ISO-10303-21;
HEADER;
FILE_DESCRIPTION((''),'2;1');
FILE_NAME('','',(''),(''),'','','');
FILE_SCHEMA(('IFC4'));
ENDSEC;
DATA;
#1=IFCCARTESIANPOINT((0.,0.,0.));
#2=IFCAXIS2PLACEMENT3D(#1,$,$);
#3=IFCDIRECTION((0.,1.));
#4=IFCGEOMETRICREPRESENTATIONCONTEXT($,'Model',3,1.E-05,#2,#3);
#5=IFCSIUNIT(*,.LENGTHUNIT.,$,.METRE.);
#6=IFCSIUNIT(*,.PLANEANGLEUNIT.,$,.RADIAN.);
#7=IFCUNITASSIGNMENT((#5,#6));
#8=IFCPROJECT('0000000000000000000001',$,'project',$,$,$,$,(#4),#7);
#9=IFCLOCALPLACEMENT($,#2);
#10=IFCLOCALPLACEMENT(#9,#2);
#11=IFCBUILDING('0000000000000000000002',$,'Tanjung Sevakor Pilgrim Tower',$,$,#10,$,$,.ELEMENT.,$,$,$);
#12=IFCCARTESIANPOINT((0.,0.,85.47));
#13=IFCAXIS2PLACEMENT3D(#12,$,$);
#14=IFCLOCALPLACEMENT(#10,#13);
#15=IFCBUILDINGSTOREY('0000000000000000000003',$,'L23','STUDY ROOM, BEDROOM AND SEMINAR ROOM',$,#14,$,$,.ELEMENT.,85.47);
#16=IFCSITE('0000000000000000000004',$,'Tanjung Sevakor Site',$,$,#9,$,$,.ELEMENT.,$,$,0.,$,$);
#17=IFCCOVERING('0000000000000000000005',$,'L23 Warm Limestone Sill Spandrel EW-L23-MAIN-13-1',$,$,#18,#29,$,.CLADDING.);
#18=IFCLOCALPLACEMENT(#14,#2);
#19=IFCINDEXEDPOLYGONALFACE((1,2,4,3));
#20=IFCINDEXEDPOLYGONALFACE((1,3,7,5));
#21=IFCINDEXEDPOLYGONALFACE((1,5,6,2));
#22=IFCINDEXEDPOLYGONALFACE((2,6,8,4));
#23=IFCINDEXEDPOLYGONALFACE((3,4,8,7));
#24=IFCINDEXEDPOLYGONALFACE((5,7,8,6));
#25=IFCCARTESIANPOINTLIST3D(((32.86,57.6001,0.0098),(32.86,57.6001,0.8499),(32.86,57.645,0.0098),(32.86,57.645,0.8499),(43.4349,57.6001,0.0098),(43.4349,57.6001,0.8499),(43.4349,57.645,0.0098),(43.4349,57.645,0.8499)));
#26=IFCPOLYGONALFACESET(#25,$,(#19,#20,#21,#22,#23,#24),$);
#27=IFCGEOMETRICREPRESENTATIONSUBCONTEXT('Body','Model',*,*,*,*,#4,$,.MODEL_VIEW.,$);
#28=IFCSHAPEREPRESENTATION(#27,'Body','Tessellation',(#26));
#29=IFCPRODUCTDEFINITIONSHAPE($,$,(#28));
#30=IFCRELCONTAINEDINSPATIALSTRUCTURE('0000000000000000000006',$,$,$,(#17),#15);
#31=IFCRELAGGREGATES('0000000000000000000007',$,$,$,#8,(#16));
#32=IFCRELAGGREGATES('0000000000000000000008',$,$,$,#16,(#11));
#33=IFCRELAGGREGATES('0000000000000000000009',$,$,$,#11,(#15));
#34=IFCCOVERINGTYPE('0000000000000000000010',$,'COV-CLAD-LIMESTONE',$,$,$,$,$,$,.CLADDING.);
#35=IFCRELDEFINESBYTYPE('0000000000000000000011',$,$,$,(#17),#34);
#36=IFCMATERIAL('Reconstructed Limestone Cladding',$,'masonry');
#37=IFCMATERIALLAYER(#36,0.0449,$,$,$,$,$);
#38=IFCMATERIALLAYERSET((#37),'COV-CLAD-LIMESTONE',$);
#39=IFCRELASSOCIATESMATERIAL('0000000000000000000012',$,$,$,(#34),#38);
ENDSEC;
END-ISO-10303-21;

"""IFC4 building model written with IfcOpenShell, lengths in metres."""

from ifc_helpers import new_model, si_unit, direction, frame, origin, origin_2d, place, context, subcontext, project, spatial, rectangle, extrude, material, layer, layer_set, type_object, element, save


model = new_model("IFC4")

# Units and contexts
model_context = context("Model", 3, precision=1e-05, world=origin(), true_north=direction((0.0, 1.0)))
body_context = subcontext(model_context, "Body", "Model", "MODEL_VIEW")
ifc_project = project(units=[si_unit("LENGTHUNIT", "METRE"), si_unit("PLANEANGLEUNIT", "RADIAN")], contexts=[model_context])

# Site, building, storey
site_placement = place(None, origin())
site = spatial("IfcSite", under=ifc_project, at=site_placement, Name="Tanjung Sevakor Site", CompositionType="ELEMENT", RefElevation=0.0)
building_placement = place(site_placement, origin())
building = spatial("IfcBuilding", under=site, at=building_placement, Name="Tanjung Sevakor Pilgrim Tower", CompositionType="ELEMENT")
storey_placement = place(building_placement, frame((0.0, 0.0, 85.47)))
storey = spatial("IfcBuildingStorey", under=building, at=storey_placement, Name="L23", Description="STUDY ROOM, BEDROOM AND SEMINAR ROOM", CompositionType="ELEMENT", Elevation=85.47)

# Covering
ifc_material_1 = material(Name="Reconstructed Limestone Cladding", Category="masonry")
ifc_layer_1 = layer(ifc_material_1, 0.0449)
ifc_layer_set_1 = layer_set([ifc_layer_1], Name="COV-CLAD-LIMESTONE")
covering_type = type_object("IfcCoveringType", Name="COV-CLAD-LIMESTONE", PredefinedType="CLADDING", material=ifc_layer_set_1)
covering_placement = place(storey_placement, frame((38.1475, 57.6226, 0.0098), z_axis=(0.0, 0.0, 1.0), x_axis=(-1.0, 0.0, 0.0)))
element("IfcCovering", 1, at=covering_placement, inside=storey, type_object=covering_type, Name="L23 Warm Limestone Sill Spandrel EW-L23-MAIN-13-1", PredefinedType="CLADDING", context=body_context, shape_type="SweptSolid", body=[
    extrude(rectangle(XDim=10.575, YDim=0.0449, at=origin_2d()), origin(), (0.0, 0.0, 1.0), 0.8401),
])

save(model, "model.ifc")
